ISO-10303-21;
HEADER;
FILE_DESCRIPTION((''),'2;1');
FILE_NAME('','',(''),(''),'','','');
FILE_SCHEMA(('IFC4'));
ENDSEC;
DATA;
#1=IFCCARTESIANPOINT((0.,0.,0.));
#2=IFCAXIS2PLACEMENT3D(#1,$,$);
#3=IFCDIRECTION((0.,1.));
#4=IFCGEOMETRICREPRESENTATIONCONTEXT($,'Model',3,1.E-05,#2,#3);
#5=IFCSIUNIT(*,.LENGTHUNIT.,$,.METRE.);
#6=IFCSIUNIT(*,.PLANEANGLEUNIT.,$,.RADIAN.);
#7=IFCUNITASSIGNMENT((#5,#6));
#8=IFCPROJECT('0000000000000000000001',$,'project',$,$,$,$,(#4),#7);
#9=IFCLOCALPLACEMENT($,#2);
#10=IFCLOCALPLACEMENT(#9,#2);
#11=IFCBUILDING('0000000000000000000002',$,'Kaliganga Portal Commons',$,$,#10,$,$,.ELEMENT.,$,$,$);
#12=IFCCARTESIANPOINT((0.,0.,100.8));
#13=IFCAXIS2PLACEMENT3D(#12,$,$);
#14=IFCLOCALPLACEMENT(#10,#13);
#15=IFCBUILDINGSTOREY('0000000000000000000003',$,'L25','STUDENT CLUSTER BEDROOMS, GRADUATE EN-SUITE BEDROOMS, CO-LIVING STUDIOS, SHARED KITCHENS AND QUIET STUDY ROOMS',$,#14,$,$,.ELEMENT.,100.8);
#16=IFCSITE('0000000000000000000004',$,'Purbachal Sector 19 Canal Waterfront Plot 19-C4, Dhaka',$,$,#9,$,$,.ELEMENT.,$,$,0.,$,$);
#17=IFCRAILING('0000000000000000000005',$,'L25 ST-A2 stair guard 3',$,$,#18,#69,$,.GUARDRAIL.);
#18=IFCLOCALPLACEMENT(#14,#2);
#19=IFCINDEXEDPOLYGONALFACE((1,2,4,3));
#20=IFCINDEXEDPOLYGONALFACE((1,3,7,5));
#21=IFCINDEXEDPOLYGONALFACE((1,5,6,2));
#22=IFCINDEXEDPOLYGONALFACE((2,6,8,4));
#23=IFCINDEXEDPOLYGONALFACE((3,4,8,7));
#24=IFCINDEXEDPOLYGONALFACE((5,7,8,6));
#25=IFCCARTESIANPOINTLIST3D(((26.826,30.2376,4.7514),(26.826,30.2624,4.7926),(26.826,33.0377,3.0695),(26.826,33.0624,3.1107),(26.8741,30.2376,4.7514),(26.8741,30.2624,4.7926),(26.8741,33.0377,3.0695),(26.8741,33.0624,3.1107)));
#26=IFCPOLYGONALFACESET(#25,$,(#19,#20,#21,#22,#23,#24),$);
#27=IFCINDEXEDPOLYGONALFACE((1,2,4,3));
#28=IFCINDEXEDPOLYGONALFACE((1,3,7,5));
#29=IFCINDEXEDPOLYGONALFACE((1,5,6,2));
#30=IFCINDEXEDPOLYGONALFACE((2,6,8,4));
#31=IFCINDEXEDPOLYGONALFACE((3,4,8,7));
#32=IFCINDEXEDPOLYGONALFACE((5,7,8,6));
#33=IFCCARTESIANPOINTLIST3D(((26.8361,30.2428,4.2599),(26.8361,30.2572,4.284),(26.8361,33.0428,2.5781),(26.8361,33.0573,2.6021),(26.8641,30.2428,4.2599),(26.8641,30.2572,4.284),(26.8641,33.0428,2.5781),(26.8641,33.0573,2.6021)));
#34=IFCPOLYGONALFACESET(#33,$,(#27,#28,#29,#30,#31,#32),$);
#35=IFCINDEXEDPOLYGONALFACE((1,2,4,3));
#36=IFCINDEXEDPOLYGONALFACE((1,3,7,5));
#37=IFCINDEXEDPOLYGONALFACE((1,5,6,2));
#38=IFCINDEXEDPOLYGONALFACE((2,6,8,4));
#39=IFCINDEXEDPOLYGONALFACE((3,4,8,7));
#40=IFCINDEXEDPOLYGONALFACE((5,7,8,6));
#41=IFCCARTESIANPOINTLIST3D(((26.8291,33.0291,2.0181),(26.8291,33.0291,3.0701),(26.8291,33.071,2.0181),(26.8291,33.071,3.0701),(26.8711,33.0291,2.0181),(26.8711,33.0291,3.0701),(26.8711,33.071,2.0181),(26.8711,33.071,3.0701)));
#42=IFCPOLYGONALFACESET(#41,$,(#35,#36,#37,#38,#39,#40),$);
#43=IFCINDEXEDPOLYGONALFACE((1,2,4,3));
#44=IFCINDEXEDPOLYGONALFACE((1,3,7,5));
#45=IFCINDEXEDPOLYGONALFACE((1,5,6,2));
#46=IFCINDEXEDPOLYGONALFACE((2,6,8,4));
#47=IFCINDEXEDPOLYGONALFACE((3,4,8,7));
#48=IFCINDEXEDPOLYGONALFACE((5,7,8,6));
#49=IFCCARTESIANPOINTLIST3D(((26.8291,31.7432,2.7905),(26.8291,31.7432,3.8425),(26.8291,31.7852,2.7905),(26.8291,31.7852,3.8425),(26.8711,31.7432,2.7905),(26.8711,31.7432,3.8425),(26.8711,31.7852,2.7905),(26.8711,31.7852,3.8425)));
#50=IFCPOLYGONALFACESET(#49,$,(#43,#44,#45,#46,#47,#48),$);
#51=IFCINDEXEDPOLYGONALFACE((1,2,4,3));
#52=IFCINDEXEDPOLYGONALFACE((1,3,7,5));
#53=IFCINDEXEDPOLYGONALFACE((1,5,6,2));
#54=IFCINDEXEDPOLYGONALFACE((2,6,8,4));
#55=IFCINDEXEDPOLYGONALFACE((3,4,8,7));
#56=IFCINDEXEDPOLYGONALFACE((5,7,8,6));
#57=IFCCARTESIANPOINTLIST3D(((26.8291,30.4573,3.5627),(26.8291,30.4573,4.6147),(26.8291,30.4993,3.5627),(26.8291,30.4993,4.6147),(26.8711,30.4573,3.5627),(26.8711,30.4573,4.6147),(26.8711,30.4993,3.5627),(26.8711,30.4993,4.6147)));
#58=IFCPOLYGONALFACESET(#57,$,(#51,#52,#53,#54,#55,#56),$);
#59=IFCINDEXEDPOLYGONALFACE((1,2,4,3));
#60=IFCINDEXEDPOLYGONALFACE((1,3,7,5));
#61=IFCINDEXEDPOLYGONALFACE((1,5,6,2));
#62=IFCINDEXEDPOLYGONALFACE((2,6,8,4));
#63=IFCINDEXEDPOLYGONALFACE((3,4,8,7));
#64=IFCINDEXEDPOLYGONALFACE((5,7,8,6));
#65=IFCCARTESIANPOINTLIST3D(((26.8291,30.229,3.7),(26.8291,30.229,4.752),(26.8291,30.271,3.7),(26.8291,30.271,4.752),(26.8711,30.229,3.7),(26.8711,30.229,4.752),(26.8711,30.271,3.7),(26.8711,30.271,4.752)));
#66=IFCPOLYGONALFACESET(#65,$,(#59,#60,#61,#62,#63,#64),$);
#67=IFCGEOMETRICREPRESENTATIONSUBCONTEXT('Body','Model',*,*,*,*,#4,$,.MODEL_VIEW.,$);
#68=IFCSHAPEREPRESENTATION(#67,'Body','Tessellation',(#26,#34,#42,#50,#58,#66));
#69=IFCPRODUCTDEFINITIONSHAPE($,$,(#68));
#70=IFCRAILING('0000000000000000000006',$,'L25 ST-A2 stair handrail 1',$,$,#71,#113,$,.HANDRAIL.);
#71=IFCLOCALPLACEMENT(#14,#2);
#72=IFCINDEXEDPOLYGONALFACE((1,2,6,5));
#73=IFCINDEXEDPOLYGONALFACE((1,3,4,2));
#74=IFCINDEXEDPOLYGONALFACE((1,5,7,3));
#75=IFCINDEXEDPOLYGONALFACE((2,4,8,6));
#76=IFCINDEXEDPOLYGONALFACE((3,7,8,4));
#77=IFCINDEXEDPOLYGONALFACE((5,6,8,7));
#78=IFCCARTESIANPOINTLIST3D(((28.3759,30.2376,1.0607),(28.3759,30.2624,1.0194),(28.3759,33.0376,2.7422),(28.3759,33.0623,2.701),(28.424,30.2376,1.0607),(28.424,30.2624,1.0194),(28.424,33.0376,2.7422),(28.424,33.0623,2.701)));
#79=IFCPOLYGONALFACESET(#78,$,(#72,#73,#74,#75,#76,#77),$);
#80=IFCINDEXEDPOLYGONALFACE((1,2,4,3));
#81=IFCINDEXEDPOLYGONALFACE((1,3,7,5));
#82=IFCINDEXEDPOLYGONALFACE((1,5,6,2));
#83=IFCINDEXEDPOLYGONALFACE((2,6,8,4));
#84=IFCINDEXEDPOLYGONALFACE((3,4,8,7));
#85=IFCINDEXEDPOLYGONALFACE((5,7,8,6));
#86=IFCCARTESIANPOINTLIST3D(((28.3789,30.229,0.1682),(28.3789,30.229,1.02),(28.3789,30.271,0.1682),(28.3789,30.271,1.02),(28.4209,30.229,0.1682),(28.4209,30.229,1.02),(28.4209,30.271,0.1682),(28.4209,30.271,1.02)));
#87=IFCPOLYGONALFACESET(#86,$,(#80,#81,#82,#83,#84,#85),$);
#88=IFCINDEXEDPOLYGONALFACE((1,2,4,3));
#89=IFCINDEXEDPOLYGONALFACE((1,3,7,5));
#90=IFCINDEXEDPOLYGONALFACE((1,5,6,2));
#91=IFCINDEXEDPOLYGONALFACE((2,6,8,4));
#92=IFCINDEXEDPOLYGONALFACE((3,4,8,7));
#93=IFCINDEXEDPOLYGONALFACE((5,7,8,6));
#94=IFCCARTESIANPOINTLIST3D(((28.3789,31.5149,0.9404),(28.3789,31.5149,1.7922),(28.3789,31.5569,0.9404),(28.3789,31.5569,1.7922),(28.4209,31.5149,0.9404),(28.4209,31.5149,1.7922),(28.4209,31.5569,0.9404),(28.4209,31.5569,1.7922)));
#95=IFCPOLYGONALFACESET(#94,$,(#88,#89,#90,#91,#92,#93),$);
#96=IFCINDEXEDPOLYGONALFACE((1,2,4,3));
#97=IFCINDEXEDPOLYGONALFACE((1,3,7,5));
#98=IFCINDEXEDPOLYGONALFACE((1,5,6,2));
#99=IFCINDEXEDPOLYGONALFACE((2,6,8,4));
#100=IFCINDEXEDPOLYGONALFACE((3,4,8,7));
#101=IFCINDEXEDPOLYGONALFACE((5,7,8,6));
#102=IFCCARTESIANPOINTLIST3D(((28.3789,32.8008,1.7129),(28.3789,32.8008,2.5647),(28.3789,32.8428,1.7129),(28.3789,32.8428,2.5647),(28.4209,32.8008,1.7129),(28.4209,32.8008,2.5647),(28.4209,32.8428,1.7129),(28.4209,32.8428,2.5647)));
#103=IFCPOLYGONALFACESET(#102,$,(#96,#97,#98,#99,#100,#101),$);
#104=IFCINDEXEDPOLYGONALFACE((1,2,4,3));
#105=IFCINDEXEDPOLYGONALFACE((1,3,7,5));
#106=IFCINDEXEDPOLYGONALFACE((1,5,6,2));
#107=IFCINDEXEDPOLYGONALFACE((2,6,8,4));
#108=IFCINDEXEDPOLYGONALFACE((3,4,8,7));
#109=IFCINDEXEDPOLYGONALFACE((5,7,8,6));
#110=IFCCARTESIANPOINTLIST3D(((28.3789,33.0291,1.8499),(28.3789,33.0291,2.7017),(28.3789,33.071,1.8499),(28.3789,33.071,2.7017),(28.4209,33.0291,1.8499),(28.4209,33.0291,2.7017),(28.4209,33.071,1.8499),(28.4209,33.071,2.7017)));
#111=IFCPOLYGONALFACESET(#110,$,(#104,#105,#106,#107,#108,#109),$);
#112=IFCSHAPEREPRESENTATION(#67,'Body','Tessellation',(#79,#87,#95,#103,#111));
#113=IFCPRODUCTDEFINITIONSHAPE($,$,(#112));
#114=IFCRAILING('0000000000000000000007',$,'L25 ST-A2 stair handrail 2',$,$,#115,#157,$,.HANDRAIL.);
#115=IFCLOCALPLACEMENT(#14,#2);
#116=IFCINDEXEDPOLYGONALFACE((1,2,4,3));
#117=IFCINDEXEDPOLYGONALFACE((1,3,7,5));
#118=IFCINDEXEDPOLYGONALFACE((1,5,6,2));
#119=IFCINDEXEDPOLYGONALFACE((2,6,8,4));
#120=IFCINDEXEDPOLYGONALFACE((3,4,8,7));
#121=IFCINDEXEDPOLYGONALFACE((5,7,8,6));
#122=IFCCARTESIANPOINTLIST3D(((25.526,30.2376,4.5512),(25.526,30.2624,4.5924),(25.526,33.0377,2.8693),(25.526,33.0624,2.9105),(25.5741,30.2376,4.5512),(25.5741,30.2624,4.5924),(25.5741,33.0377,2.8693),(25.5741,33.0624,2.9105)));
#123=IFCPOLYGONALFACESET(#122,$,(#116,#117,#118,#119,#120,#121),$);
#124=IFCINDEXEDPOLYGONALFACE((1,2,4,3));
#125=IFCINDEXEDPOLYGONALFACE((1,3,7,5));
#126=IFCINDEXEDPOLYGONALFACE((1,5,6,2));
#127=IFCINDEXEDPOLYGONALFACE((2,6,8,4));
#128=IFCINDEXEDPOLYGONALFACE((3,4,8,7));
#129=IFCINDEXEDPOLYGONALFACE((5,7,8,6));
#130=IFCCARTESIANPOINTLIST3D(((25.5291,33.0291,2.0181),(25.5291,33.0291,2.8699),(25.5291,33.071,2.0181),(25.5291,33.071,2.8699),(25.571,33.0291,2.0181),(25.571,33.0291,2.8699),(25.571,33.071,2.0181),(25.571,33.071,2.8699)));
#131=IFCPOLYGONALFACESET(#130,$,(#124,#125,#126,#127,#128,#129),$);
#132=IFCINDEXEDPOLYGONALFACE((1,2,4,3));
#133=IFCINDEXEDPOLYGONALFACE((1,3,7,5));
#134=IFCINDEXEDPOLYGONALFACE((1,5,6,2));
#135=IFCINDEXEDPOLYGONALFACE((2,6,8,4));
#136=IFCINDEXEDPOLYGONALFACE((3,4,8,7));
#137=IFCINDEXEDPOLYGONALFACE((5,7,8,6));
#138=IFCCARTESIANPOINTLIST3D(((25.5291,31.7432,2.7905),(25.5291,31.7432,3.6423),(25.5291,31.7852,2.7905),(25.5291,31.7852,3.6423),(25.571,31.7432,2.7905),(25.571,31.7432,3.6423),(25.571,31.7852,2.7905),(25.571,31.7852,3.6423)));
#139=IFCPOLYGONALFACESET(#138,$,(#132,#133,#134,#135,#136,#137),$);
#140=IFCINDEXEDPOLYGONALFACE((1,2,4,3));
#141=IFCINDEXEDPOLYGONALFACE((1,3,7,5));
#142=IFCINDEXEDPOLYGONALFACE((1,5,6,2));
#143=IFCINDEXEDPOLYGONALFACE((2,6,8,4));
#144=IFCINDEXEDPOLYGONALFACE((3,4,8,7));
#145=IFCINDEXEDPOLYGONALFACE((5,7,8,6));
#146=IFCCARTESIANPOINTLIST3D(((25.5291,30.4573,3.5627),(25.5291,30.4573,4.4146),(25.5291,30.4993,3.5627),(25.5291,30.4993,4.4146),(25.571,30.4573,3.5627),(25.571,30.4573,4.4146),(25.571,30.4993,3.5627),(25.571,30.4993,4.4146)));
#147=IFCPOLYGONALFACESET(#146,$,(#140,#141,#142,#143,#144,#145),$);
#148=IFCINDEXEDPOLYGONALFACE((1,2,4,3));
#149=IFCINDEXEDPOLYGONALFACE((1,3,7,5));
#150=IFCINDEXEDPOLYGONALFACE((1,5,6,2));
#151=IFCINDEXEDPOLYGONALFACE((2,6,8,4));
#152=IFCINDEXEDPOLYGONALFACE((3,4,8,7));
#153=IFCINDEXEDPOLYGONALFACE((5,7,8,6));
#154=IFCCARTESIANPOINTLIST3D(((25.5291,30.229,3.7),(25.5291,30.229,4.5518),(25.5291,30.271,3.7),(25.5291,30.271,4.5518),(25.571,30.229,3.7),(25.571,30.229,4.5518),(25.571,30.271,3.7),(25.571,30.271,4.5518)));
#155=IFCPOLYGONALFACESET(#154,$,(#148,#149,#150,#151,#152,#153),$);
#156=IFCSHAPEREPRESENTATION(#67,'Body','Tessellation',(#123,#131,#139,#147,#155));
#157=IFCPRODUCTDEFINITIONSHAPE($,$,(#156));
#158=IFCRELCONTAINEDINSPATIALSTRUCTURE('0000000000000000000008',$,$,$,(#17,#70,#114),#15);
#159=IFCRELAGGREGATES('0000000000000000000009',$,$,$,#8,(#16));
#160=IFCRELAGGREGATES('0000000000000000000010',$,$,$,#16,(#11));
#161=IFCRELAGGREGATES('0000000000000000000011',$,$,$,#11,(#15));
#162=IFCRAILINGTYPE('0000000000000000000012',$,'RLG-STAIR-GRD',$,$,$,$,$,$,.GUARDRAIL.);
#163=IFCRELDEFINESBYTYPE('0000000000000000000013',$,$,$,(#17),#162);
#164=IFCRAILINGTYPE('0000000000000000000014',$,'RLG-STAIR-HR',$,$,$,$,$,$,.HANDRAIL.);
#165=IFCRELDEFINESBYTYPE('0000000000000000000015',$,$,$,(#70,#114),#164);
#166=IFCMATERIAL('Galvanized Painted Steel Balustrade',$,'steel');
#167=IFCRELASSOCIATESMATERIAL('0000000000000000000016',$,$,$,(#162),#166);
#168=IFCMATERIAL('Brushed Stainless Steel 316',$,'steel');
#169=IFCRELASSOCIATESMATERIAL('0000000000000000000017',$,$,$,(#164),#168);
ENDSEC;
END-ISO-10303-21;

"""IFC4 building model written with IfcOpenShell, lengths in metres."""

from ifc_helpers import new_model, si_unit, direction, frame, origin, origin_2d, place, context, subcontext, project, spatial, rectangle, extrude, material, type_object, element, save


model = new_model("IFC4")

# Units and contexts
model_context = context("Model", 3, precision=1e-05, world=origin(), true_north=direction((0.0, 1.0)))
body_context = subcontext(model_context, "Body", "Model", "MODEL_VIEW")
ifc_project = project(units=[si_unit("LENGTHUNIT", "METRE"), si_unit("PLANEANGLEUNIT", "RADIAN")], contexts=[model_context])

# Site, building, storey
site_placement = place(None, origin())
site = spatial("IfcSite", under=ifc_project, at=site_placement, Name="Purbachal Sector 19 Canal Waterfront Plot 19-C4, Dhaka", CompositionType="ELEMENT", RefElevation=0.0)
building_placement = place(site_placement, origin())
building = spatial("IfcBuilding", under=site, at=building_placement, Name="Kaliganga Portal Commons", CompositionType="ELEMENT")
storey_placement = place(building_placement, frame((0.0, 0.0, 100.8)))
storey = spatial("IfcBuildingStorey", under=building, at=storey_placement, Name="L25", Description="STUDENT CLUSTER BEDROOMS, GRADUATE EN-SUITE BEDROOMS, CO-LIVING STUDIOS, SHARED KITCHENS AND QUIET STUDY ROOMS", CompositionType="ELEMENT", Elevation=100.8)

# Railings
ifc_material_1 = material(Name="Galvanized Painted Steel Balustrade", Category="steel")
railing_type_1 = type_object("IfcRailingType", Name="RLG-STAIR-GRD", PredefinedType="GUARDRAIL", material=ifc_material_1)
railing_1_placement = place(storey_placement, frame((26.8501, 33.05, 2.0181)))
element("IfcRailing", 1, at=railing_1_placement, inside=storey, type_object=railing_type_1, Name="L25 ST-A2 stair guard 3", PredefinedType="GUARDRAIL", context=body_context, shape_type="SweptSolid", body=[
    extrude(rectangle(XDim=0.0481, YDim=0.0481, at=origin_2d()), frame((0.0, 0.0, 1.072), z_axis=(0.0, -0.857242, 0.514913), x_axis=(1.0, 0.0, 0.0)), (0.0, 0.0, 1.0), 3.2664),
    extrude(rectangle(XDim=0.0281, YDim=0.0281, at=origin_2d()), frame((0.0, 0.0, 0.572), z_axis=(0.0, -0.857242, 0.514913), x_axis=(1.0, 0.0, 0.0)), (0.0, 0.0, 1.0), 3.2664),
    extrude(rectangle(XDim=0.042, YDim=0.042, at=origin_2d()), origin(), (0.0, 0.0, 1.0), 1.052),
    extrude(rectangle(XDim=0.042, YDim=0.042, at=origin_2d()), frame((0.0, -1.2859, 0.7725)), (0.0, 0.0, 1.0), 1.052),
    extrude(rectangle(XDim=0.042, YDim=0.042, at=origin_2d()), frame((0.0, -2.5718, 1.5447)), (0.0, 0.0, 1.0), 1.052),
    extrude(rectangle(XDim=0.042, YDim=0.042, at=origin_2d()), frame((0.0, -2.8, 1.6819)), (0.0, 0.0, 1.0), 1.052),
])
ifc_material_2 = material(Name="Brushed Stainless Steel 316", Category="steel")
railing_type_2 = type_object("IfcRailingType", Name="RLG-STAIR-HR", PredefinedType="HANDRAIL", material=ifc_material_2)
railing_2_placement = place(storey_placement, frame((28.3999, 30.25, 0.1682)))
element("IfcRailing", 2, at=railing_2_placement, inside=storey, type_object=railing_type_2, Name="L25 ST-A2 stair handrail 1", PredefinedType="HANDRAIL", context=body_context, shape_type="SweptSolid", body=[
    extrude(rectangle(XDim=0.0481, YDim=0.0481, at=origin_2d()), frame((0.0, 0.0, 0.8718), z_axis=(0.0, 0.857275, 0.514858), x_axis=(-1.0, 0.0, 0.0)), (0.0, 0.0, 1.0), 3.2661),
    extrude(rectangle(XDim=0.042, YDim=0.042, at=origin_2d()), origin(), (0.0, 0.0, 1.0), 0.8518),
    extrude(rectangle(XDim=0.042, YDim=0.042, at=origin_2d()), frame((0.0, 1.2859, 0.7722)), (0.0, 0.0, 1.0), 0.8518),
    extrude(rectangle(XDim=0.042, YDim=0.042, at=origin_2d()), frame((0.0, 2.5718, 1.5447)), (0.0, 0.0, 1.0), 0.8518),
    extrude(rectangle(XDim=0.042, YDim=0.042, at=origin_2d()), frame((0.0, 2.8, 1.6816)), (0.0, 0.0, 1.0), 0.8518),
])
railing_3_placement = place(storey_placement, frame((25.55, 33.05, 2.0181)))
element("IfcRailing", 3, at=railing_3_placement, inside=storey, type_object=railing_type_2, Name="L25 ST-A2 stair handrail 2", PredefinedType="HANDRAIL", context=body_context, shape_type="SweptSolid", body=[
    extrude(rectangle(XDim=0.0481, YDim=0.0481, at=origin_2d()), frame((0.0, 0.0, 0.8718), z_axis=(0.0, -0.857242, 0.514913), x_axis=(1.0, 0.0, 0.0)), (0.0, 0.0, 1.0), 3.2664),
    extrude(rectangle(XDim=0.042, YDim=0.042, at=origin_2d()), origin(), (0.0, 0.0, 1.0), 0.8518),
    extrude(rectangle(XDim=0.042, YDim=0.042, at=origin_2d()), frame((0.0, -1.2859, 0.7725)), (0.0, 0.0, 1.0), 0.8518),
    extrude(rectangle(XDim=0.042, YDim=0.042, at=origin_2d()), frame((0.0, -2.5718, 1.5447)), (0.0, 0.0, 1.0), 0.8518),
    extrude(rectangle(XDim=0.042, YDim=0.042, at=origin_2d()), frame((0.0, -2.8, 1.6819)), (0.0, 0.0, 1.0), 0.8518),
])

save(model, "model.ifc")
